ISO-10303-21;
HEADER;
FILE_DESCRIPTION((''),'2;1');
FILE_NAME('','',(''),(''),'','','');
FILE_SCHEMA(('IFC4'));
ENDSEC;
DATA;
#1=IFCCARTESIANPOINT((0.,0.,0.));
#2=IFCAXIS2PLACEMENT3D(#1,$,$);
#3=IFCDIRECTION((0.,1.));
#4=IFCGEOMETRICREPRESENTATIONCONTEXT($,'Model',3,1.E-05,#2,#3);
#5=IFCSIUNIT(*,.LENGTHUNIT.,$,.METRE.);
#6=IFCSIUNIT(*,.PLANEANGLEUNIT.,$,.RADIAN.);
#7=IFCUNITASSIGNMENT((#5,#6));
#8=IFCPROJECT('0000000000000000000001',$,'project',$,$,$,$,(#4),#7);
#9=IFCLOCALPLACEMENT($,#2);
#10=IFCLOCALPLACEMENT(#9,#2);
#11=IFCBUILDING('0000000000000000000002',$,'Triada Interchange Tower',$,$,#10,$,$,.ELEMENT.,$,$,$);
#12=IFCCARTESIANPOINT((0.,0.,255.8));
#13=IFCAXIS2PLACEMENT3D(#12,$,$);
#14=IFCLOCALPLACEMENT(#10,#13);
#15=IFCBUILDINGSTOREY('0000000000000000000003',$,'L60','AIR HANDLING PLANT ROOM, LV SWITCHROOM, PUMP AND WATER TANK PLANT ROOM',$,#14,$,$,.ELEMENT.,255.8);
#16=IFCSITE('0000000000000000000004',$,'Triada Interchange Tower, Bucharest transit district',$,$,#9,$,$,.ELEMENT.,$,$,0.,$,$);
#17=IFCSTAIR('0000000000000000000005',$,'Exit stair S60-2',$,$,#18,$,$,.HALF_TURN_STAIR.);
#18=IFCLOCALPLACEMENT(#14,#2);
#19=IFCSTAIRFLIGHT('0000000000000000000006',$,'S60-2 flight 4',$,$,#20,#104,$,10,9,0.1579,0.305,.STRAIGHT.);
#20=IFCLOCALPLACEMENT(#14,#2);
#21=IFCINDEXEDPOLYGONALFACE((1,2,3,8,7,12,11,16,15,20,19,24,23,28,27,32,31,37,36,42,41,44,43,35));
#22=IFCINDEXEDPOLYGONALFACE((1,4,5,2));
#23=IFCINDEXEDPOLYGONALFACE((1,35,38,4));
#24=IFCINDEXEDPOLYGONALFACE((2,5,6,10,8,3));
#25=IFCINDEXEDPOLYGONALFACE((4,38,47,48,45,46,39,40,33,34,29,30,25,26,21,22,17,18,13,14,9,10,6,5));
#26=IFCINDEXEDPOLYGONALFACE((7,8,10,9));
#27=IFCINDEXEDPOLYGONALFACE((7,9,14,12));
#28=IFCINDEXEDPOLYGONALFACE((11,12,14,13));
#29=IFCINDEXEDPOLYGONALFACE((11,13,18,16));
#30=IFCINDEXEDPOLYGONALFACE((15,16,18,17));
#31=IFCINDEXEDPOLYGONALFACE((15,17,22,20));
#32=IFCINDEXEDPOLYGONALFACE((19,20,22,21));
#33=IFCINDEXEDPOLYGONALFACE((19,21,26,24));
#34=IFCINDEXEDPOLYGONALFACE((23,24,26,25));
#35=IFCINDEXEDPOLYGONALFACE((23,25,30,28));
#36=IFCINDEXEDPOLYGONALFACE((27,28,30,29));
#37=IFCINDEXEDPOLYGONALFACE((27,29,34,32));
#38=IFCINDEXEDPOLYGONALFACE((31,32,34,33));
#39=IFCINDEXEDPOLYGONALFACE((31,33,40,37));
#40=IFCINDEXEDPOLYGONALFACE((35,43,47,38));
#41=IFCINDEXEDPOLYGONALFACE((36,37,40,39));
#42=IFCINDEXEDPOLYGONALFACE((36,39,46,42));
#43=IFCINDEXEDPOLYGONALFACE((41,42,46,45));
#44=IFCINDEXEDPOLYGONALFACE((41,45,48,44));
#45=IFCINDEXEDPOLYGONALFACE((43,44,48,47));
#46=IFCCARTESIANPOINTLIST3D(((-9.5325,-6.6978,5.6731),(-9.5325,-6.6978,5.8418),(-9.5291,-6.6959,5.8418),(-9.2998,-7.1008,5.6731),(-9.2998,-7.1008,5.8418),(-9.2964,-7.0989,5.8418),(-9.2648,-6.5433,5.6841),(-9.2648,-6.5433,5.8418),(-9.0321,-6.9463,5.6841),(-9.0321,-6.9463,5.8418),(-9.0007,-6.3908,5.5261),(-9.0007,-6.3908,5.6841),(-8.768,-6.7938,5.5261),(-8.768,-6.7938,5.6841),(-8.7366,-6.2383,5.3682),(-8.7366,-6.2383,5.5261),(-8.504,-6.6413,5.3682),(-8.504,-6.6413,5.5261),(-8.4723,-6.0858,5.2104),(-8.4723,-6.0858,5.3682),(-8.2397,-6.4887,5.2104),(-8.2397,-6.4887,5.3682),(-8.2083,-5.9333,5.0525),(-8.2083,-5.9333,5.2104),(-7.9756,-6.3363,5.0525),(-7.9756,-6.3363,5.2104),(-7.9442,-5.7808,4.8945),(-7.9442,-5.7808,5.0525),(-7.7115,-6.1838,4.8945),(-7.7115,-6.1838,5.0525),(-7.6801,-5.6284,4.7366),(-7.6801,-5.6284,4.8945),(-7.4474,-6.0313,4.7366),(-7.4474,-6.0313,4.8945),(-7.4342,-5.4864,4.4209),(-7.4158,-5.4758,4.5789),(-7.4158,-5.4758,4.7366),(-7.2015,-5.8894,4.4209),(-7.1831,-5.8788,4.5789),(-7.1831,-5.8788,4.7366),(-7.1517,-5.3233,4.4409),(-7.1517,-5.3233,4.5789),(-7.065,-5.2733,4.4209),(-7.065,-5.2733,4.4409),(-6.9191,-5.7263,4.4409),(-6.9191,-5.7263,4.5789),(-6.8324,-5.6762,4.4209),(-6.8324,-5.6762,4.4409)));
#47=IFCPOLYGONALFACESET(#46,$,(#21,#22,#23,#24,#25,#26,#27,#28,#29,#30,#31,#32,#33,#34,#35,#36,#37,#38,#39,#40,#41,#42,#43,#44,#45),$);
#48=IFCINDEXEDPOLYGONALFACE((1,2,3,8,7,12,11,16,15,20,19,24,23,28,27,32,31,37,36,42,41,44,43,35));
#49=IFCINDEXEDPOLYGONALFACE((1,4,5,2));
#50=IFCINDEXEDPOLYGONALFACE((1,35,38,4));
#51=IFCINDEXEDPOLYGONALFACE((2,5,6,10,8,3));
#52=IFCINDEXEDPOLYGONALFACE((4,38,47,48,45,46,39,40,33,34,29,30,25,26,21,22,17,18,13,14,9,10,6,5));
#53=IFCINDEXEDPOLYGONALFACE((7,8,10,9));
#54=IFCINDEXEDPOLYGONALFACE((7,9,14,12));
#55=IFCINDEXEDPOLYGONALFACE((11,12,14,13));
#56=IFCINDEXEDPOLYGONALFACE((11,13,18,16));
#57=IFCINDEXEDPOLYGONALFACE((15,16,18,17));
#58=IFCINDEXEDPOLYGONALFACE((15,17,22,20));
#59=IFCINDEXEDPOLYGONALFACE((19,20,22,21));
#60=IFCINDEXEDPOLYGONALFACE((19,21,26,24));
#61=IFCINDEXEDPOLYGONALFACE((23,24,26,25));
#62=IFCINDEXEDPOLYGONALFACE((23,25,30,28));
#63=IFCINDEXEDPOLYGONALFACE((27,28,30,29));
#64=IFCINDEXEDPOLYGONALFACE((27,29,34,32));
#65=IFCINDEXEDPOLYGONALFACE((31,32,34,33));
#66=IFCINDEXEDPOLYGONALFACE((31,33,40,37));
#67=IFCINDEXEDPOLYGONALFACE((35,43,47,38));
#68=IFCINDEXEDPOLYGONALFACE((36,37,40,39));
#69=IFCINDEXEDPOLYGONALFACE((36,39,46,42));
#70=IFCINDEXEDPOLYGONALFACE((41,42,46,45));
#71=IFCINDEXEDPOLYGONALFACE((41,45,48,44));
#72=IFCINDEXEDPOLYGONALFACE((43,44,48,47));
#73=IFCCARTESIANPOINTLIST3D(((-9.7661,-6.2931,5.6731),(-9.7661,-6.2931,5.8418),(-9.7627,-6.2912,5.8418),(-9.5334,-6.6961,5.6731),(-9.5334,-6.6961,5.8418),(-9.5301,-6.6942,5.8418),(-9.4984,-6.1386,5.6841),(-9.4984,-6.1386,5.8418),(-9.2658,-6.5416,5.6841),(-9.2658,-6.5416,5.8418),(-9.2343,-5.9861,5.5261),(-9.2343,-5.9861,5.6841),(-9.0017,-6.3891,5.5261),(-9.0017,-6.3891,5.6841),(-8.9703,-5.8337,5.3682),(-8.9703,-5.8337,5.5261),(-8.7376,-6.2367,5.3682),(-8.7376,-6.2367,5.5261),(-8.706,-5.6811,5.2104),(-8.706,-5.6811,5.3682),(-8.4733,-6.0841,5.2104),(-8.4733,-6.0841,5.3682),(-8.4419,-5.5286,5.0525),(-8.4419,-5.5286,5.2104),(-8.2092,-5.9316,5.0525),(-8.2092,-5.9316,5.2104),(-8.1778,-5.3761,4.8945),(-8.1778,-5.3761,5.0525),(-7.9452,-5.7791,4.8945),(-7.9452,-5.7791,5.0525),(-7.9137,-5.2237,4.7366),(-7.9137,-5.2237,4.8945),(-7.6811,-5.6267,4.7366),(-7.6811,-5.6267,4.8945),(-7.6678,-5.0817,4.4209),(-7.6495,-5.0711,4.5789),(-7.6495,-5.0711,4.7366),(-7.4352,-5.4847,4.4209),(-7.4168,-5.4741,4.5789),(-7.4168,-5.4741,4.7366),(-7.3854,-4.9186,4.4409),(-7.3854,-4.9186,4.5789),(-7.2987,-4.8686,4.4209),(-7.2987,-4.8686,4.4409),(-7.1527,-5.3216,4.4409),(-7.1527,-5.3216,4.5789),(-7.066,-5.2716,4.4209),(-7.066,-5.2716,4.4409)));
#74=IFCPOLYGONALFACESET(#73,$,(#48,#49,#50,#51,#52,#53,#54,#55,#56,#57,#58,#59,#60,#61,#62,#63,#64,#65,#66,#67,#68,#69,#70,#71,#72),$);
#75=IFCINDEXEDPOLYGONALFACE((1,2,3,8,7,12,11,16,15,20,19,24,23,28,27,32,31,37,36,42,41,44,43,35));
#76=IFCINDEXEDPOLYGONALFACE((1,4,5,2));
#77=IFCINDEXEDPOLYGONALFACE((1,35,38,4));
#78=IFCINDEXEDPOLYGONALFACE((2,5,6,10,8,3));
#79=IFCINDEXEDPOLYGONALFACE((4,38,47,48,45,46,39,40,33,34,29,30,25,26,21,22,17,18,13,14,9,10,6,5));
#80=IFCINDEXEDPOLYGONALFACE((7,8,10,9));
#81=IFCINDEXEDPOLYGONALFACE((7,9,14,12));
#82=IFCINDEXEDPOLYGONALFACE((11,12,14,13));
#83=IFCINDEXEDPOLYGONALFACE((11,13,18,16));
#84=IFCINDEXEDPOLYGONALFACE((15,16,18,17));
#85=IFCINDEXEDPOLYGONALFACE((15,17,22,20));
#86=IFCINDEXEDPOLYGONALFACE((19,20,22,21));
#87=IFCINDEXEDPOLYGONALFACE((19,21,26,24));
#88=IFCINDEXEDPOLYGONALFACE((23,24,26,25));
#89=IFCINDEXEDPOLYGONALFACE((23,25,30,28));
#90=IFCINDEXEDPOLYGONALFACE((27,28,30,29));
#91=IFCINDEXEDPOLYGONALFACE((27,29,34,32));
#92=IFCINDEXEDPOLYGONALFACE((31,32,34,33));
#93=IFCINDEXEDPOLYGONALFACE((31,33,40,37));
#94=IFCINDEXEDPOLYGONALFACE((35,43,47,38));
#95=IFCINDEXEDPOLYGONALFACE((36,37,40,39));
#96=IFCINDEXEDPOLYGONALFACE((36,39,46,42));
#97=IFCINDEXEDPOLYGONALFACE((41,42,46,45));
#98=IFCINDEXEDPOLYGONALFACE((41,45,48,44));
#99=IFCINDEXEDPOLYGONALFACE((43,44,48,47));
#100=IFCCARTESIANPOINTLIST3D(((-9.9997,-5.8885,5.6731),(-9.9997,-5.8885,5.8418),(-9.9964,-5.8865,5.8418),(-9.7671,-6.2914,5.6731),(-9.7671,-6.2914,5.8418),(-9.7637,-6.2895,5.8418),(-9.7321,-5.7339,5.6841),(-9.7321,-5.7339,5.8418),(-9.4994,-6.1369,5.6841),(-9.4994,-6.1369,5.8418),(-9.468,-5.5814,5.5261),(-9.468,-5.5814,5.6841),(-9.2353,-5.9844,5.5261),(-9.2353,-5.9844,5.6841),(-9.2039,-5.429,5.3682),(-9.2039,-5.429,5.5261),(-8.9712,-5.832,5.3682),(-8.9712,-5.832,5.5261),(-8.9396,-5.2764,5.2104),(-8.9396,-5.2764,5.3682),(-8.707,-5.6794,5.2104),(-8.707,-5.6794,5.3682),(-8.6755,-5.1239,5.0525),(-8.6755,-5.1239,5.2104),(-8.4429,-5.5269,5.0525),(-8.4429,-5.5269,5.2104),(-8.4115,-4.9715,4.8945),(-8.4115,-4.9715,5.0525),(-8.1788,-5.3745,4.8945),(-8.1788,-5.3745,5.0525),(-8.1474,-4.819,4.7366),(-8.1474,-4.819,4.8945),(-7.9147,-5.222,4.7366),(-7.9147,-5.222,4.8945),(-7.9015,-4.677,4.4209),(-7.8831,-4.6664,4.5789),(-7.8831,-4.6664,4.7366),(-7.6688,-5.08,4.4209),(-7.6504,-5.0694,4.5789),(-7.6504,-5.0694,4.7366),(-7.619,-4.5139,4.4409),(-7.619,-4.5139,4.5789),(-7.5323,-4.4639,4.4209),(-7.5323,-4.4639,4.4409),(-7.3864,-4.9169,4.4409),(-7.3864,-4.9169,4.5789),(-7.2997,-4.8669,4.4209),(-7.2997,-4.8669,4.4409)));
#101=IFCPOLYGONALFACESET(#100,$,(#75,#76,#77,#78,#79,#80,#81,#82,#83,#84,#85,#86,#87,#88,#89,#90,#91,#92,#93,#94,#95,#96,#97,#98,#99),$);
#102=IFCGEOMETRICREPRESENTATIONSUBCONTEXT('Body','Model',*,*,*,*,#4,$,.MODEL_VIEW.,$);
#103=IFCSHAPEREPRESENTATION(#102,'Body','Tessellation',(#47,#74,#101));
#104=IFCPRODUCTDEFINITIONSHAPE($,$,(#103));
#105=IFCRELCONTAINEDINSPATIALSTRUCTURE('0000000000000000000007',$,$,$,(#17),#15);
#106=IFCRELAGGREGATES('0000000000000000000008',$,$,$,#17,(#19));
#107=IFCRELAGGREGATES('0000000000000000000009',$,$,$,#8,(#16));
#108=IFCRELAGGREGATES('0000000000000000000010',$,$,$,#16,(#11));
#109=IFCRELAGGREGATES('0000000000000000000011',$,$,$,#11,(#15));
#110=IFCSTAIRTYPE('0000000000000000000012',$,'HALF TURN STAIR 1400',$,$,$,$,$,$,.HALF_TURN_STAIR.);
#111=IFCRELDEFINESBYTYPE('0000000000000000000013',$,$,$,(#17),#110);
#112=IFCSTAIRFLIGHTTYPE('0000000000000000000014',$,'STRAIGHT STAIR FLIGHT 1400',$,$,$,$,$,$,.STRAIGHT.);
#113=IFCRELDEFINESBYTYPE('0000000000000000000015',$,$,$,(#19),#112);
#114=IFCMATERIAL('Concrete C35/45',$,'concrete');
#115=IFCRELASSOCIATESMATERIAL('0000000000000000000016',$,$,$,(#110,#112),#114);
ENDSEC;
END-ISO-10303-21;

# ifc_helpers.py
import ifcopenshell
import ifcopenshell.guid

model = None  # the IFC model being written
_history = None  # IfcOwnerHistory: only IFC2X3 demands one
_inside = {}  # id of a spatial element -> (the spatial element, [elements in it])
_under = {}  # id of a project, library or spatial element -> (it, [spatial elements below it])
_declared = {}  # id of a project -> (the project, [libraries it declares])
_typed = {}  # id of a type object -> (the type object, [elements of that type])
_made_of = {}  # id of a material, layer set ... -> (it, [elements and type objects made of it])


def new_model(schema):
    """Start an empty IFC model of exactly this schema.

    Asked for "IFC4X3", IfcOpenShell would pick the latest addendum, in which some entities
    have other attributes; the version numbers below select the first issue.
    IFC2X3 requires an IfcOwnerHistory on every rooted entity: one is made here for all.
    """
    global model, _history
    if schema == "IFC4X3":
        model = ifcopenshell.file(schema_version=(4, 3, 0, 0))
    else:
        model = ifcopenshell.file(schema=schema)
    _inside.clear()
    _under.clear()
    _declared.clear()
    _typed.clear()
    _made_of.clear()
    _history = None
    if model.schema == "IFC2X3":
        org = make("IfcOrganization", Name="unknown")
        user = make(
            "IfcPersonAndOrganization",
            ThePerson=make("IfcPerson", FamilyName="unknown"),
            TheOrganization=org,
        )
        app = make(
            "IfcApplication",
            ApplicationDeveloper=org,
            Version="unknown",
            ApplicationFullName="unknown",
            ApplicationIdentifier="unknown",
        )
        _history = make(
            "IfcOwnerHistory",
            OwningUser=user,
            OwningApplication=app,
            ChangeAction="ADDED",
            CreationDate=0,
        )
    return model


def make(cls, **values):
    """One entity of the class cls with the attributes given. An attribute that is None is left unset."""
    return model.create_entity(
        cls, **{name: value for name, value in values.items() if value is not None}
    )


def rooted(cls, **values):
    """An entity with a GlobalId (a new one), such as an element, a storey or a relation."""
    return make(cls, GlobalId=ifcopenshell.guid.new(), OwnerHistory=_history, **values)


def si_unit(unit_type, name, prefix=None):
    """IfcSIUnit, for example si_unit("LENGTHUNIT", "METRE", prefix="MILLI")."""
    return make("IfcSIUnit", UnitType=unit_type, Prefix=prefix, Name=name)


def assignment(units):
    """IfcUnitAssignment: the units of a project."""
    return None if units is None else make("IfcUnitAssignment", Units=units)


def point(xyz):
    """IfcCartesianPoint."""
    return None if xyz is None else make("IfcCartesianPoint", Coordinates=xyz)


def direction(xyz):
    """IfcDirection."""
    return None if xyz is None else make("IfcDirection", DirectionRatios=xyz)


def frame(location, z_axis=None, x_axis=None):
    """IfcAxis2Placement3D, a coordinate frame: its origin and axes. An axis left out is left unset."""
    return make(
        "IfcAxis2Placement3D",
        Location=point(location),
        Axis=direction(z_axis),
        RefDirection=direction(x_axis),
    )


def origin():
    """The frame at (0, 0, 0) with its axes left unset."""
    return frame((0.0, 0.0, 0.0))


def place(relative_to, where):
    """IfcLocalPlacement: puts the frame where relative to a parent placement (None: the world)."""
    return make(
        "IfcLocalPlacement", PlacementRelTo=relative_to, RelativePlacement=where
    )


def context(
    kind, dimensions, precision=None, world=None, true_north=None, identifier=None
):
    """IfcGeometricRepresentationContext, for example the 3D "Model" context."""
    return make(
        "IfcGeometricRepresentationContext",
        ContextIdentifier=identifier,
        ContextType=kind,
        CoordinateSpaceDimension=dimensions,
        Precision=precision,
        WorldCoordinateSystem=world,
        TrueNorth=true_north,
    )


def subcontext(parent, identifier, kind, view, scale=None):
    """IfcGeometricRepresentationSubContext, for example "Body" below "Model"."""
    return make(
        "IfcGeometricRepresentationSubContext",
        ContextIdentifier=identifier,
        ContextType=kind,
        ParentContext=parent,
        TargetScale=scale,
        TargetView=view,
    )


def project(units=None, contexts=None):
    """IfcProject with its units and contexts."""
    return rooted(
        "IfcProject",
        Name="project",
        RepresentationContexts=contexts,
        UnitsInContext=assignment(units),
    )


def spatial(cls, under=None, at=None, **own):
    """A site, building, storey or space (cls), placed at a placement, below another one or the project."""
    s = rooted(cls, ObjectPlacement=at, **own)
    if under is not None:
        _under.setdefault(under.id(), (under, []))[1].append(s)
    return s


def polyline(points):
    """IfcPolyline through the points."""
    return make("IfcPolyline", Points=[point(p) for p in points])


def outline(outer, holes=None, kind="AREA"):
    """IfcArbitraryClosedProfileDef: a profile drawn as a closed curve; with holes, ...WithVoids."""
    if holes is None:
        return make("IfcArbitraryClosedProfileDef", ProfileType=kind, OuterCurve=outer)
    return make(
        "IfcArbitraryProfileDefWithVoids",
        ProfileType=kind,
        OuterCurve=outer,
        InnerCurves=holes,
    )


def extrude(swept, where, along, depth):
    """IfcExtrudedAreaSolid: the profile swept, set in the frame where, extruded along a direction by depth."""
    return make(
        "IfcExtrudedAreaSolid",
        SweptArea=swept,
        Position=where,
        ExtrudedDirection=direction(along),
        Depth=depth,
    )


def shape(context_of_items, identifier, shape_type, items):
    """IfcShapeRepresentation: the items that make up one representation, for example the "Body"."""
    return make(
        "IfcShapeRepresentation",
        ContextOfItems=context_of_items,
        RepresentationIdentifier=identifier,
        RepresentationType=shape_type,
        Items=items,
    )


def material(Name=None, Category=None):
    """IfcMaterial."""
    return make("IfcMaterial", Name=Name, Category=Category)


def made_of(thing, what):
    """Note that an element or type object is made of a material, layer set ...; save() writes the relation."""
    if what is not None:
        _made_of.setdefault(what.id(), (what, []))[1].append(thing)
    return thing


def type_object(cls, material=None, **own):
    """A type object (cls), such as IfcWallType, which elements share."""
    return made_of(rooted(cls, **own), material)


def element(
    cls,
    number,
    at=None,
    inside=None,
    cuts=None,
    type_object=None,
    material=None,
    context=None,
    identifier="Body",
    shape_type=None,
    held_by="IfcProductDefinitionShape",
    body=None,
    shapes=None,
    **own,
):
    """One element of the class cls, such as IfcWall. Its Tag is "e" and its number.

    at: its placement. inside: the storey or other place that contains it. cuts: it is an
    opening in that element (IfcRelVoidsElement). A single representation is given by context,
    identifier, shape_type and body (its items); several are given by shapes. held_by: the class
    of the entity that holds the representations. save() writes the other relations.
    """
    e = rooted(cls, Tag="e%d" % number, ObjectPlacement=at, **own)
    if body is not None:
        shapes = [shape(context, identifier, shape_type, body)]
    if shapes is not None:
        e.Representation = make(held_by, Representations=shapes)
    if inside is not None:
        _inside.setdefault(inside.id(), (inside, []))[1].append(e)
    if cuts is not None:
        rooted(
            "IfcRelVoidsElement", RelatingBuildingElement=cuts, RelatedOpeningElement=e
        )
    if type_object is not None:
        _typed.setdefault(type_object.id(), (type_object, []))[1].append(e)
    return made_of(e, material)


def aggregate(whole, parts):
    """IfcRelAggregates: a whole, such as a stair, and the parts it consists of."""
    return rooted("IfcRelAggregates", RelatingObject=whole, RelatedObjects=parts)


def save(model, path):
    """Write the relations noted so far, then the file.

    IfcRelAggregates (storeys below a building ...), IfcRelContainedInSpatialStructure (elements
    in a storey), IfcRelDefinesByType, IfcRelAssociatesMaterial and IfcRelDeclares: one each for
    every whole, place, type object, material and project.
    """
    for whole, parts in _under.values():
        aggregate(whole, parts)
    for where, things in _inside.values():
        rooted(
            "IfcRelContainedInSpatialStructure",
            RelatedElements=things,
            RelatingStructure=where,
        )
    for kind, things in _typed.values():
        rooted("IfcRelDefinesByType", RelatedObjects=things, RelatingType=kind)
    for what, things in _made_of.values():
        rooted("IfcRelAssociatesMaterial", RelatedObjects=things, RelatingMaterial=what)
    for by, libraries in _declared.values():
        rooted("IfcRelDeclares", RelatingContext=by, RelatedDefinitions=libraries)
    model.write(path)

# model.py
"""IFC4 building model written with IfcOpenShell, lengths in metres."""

from ifc_helpers import new_model, si_unit, direction, frame, origin, place, context, subcontext, project, spatial, polyline, outline, extrude, material, type_object, element, aggregate, save


model = new_model("IFC4")

# Units and contexts
model_context = context("Model", 3, precision=1e-05, world=origin(), true_north=direction((0.0, 1.0)))
body_context = subcontext(model_context, "Body", "Model", "MODEL_VIEW")
ifc_project = project(units=[si_unit("LENGTHUNIT", "METRE"), si_unit("PLANEANGLEUNIT", "RADIAN")], contexts=[model_context])

# Site, building, storey
site_placement = place(None, origin())
site = spatial("IfcSite", under=ifc_project, at=site_placement, Name="Triada Interchange Tower, Bucharest transit district", CompositionType="ELEMENT", RefElevation=0.0)
building_placement = place(site_placement, origin())
building = spatial("IfcBuilding", under=site, at=building_placement, Name="Triada Interchange Tower", CompositionType="ELEMENT")
storey_placement = place(building_placement, frame((0.0, 0.0, 255.8)))
storey = spatial("IfcBuildingStorey", under=building, at=storey_placement, Name="L60", Description="AIR HANDLING PLANT ROOM, LV SWITCHROOM, PUMP AND WATER TANK PLANT ROOM", CompositionType="ELEMENT", Elevation=255.8)

# Stair, stair flight
ifc_material_1 = material(Name="Concrete C35/45", Category="concrete")
stair_type = type_object("IfcStairType", Name="HALF TURN STAIR 1400", PredefinedType="HALF_TURN_STAIR", material=ifc_material_1)
stair_placement = place(storey_placement, origin())
stair = element("IfcStair", 1, at=stair_placement, inside=storey, type_object=stair_type, Name="Exit stair S60-2", PredefinedType="HALF_TURN_STAIR")
stair_flight_type = type_object("IfcStairFlightType", Name="STRAIGHT STAIR FLIGHT 1400", PredefinedType="STRAIGHT", material=ifc_material_1)
stair_flight_1_placement = place(storey_placement, frame((-7.269, -5.1201, 4.4209), z_axis=(0.0, 0.0, 1.0), x_axis=(-0.866025, -0.5, 0.0)))
stair_flight_1 = element("IfcStairFlight", 2, at=stair_flight_1_placement, type_object=stair_flight_type, Name="S60-2 flight 4", NumberOfRisers=10, NumberOfTreads=9, PredefinedType="STRAIGHT", RiserHeight=0.1579, TreadLength=0.305, context=body_context, shape_type="SweptSolid", body=[
    extrude(outline(polyline([(-0.1001, 0.0), (-0.1001, 0.02), (0.0, 0.02), (0.0, 0.158), (0.3049, 0.158), (0.3049, 0.3157), (0.6101, 0.3157), (0.6101, 0.4736), (0.915, 0.4736), (0.915, 0.6316), (1.22, 0.6316), (1.22, 0.7896), (1.5249, 0.7896), (1.5249, 0.9473), (1.8301, 0.9473), (1.8301, 1.1052), (2.135, 1.1052), (2.135, 1.2632), (2.4399, 1.2632), (2.4399, 1.4209), (2.7451, 1.4209), (2.749, 1.4209), (2.749, 1.5789), (2.749, 1.2522), (0.3262, 0.0), (-0.1001, 0.0)])), frame((0.0, 0.7, 0.0), z_axis=(0.0, -1.0, 0.0), x_axis=(1.0, 0.0, 0.0)), (0.0, 0.0, 1.0), 0.4653),
    extrude(outline(polyline([(-0.1001, 0.0), (-0.1001, 0.02), (0.0, 0.02), (0.0, 0.158), (0.3049, 0.158), (0.3049, 0.3157), (0.6101, 0.3157), (0.6101, 0.4736), (0.915, 0.4736), (0.915, 0.6316), (1.22, 0.6316), (1.22, 0.7896), (1.5249, 0.7896), (1.5249, 0.9473), (1.8301, 0.9473), (1.8301, 1.1052), (2.135, 1.1052), (2.135, 1.2632), (2.4399, 1.2632), (2.4399, 1.4209), (2.7451, 1.4209), (2.749, 1.4209), (2.749, 1.5789), (2.749, 1.2522), (0.3262, 0.0), (-0.1001, 0.0)])), frame((0.0, 0.2327, 0.0), z_axis=(0.0, -1.0, 0.0), x_axis=(1.0, 0.0, 0.0)), (0.0, 0.0, 1.0), 0.4653),
    extrude(outline(polyline([(-0.1001, 0.0), (-0.1001, 0.02), (0.0, 0.02), (0.0, 0.158), (0.3049, 0.158), (0.3049, 0.3157), (0.6101, 0.3157), (0.6101, 0.4736), (0.915, 0.4736), (0.915, 0.6316), (1.22, 0.6316), (1.22, 0.7896), (1.5249, 0.7896), (1.5249, 0.9473), (1.8301, 0.9473), (1.8301, 1.1052), (2.135, 1.1052), (2.135, 1.2632), (2.4399, 1.2632), (2.4399, 1.4209), (2.7451, 1.4209), (2.749, 1.4209), (2.749, 1.5789), (2.749, 1.2522), (0.3262, 0.0), (-0.1001, 0.0)])), frame((0.0, -0.2346, 0.0), z_axis=(0.0, -1.0, 0.0), x_axis=(1.0, 0.0, 0.0)), (0.0, 0.0, 1.0), 0.4653),
])
aggregate(stair, [stair_flight_1])

save(model, "model.ifc")
